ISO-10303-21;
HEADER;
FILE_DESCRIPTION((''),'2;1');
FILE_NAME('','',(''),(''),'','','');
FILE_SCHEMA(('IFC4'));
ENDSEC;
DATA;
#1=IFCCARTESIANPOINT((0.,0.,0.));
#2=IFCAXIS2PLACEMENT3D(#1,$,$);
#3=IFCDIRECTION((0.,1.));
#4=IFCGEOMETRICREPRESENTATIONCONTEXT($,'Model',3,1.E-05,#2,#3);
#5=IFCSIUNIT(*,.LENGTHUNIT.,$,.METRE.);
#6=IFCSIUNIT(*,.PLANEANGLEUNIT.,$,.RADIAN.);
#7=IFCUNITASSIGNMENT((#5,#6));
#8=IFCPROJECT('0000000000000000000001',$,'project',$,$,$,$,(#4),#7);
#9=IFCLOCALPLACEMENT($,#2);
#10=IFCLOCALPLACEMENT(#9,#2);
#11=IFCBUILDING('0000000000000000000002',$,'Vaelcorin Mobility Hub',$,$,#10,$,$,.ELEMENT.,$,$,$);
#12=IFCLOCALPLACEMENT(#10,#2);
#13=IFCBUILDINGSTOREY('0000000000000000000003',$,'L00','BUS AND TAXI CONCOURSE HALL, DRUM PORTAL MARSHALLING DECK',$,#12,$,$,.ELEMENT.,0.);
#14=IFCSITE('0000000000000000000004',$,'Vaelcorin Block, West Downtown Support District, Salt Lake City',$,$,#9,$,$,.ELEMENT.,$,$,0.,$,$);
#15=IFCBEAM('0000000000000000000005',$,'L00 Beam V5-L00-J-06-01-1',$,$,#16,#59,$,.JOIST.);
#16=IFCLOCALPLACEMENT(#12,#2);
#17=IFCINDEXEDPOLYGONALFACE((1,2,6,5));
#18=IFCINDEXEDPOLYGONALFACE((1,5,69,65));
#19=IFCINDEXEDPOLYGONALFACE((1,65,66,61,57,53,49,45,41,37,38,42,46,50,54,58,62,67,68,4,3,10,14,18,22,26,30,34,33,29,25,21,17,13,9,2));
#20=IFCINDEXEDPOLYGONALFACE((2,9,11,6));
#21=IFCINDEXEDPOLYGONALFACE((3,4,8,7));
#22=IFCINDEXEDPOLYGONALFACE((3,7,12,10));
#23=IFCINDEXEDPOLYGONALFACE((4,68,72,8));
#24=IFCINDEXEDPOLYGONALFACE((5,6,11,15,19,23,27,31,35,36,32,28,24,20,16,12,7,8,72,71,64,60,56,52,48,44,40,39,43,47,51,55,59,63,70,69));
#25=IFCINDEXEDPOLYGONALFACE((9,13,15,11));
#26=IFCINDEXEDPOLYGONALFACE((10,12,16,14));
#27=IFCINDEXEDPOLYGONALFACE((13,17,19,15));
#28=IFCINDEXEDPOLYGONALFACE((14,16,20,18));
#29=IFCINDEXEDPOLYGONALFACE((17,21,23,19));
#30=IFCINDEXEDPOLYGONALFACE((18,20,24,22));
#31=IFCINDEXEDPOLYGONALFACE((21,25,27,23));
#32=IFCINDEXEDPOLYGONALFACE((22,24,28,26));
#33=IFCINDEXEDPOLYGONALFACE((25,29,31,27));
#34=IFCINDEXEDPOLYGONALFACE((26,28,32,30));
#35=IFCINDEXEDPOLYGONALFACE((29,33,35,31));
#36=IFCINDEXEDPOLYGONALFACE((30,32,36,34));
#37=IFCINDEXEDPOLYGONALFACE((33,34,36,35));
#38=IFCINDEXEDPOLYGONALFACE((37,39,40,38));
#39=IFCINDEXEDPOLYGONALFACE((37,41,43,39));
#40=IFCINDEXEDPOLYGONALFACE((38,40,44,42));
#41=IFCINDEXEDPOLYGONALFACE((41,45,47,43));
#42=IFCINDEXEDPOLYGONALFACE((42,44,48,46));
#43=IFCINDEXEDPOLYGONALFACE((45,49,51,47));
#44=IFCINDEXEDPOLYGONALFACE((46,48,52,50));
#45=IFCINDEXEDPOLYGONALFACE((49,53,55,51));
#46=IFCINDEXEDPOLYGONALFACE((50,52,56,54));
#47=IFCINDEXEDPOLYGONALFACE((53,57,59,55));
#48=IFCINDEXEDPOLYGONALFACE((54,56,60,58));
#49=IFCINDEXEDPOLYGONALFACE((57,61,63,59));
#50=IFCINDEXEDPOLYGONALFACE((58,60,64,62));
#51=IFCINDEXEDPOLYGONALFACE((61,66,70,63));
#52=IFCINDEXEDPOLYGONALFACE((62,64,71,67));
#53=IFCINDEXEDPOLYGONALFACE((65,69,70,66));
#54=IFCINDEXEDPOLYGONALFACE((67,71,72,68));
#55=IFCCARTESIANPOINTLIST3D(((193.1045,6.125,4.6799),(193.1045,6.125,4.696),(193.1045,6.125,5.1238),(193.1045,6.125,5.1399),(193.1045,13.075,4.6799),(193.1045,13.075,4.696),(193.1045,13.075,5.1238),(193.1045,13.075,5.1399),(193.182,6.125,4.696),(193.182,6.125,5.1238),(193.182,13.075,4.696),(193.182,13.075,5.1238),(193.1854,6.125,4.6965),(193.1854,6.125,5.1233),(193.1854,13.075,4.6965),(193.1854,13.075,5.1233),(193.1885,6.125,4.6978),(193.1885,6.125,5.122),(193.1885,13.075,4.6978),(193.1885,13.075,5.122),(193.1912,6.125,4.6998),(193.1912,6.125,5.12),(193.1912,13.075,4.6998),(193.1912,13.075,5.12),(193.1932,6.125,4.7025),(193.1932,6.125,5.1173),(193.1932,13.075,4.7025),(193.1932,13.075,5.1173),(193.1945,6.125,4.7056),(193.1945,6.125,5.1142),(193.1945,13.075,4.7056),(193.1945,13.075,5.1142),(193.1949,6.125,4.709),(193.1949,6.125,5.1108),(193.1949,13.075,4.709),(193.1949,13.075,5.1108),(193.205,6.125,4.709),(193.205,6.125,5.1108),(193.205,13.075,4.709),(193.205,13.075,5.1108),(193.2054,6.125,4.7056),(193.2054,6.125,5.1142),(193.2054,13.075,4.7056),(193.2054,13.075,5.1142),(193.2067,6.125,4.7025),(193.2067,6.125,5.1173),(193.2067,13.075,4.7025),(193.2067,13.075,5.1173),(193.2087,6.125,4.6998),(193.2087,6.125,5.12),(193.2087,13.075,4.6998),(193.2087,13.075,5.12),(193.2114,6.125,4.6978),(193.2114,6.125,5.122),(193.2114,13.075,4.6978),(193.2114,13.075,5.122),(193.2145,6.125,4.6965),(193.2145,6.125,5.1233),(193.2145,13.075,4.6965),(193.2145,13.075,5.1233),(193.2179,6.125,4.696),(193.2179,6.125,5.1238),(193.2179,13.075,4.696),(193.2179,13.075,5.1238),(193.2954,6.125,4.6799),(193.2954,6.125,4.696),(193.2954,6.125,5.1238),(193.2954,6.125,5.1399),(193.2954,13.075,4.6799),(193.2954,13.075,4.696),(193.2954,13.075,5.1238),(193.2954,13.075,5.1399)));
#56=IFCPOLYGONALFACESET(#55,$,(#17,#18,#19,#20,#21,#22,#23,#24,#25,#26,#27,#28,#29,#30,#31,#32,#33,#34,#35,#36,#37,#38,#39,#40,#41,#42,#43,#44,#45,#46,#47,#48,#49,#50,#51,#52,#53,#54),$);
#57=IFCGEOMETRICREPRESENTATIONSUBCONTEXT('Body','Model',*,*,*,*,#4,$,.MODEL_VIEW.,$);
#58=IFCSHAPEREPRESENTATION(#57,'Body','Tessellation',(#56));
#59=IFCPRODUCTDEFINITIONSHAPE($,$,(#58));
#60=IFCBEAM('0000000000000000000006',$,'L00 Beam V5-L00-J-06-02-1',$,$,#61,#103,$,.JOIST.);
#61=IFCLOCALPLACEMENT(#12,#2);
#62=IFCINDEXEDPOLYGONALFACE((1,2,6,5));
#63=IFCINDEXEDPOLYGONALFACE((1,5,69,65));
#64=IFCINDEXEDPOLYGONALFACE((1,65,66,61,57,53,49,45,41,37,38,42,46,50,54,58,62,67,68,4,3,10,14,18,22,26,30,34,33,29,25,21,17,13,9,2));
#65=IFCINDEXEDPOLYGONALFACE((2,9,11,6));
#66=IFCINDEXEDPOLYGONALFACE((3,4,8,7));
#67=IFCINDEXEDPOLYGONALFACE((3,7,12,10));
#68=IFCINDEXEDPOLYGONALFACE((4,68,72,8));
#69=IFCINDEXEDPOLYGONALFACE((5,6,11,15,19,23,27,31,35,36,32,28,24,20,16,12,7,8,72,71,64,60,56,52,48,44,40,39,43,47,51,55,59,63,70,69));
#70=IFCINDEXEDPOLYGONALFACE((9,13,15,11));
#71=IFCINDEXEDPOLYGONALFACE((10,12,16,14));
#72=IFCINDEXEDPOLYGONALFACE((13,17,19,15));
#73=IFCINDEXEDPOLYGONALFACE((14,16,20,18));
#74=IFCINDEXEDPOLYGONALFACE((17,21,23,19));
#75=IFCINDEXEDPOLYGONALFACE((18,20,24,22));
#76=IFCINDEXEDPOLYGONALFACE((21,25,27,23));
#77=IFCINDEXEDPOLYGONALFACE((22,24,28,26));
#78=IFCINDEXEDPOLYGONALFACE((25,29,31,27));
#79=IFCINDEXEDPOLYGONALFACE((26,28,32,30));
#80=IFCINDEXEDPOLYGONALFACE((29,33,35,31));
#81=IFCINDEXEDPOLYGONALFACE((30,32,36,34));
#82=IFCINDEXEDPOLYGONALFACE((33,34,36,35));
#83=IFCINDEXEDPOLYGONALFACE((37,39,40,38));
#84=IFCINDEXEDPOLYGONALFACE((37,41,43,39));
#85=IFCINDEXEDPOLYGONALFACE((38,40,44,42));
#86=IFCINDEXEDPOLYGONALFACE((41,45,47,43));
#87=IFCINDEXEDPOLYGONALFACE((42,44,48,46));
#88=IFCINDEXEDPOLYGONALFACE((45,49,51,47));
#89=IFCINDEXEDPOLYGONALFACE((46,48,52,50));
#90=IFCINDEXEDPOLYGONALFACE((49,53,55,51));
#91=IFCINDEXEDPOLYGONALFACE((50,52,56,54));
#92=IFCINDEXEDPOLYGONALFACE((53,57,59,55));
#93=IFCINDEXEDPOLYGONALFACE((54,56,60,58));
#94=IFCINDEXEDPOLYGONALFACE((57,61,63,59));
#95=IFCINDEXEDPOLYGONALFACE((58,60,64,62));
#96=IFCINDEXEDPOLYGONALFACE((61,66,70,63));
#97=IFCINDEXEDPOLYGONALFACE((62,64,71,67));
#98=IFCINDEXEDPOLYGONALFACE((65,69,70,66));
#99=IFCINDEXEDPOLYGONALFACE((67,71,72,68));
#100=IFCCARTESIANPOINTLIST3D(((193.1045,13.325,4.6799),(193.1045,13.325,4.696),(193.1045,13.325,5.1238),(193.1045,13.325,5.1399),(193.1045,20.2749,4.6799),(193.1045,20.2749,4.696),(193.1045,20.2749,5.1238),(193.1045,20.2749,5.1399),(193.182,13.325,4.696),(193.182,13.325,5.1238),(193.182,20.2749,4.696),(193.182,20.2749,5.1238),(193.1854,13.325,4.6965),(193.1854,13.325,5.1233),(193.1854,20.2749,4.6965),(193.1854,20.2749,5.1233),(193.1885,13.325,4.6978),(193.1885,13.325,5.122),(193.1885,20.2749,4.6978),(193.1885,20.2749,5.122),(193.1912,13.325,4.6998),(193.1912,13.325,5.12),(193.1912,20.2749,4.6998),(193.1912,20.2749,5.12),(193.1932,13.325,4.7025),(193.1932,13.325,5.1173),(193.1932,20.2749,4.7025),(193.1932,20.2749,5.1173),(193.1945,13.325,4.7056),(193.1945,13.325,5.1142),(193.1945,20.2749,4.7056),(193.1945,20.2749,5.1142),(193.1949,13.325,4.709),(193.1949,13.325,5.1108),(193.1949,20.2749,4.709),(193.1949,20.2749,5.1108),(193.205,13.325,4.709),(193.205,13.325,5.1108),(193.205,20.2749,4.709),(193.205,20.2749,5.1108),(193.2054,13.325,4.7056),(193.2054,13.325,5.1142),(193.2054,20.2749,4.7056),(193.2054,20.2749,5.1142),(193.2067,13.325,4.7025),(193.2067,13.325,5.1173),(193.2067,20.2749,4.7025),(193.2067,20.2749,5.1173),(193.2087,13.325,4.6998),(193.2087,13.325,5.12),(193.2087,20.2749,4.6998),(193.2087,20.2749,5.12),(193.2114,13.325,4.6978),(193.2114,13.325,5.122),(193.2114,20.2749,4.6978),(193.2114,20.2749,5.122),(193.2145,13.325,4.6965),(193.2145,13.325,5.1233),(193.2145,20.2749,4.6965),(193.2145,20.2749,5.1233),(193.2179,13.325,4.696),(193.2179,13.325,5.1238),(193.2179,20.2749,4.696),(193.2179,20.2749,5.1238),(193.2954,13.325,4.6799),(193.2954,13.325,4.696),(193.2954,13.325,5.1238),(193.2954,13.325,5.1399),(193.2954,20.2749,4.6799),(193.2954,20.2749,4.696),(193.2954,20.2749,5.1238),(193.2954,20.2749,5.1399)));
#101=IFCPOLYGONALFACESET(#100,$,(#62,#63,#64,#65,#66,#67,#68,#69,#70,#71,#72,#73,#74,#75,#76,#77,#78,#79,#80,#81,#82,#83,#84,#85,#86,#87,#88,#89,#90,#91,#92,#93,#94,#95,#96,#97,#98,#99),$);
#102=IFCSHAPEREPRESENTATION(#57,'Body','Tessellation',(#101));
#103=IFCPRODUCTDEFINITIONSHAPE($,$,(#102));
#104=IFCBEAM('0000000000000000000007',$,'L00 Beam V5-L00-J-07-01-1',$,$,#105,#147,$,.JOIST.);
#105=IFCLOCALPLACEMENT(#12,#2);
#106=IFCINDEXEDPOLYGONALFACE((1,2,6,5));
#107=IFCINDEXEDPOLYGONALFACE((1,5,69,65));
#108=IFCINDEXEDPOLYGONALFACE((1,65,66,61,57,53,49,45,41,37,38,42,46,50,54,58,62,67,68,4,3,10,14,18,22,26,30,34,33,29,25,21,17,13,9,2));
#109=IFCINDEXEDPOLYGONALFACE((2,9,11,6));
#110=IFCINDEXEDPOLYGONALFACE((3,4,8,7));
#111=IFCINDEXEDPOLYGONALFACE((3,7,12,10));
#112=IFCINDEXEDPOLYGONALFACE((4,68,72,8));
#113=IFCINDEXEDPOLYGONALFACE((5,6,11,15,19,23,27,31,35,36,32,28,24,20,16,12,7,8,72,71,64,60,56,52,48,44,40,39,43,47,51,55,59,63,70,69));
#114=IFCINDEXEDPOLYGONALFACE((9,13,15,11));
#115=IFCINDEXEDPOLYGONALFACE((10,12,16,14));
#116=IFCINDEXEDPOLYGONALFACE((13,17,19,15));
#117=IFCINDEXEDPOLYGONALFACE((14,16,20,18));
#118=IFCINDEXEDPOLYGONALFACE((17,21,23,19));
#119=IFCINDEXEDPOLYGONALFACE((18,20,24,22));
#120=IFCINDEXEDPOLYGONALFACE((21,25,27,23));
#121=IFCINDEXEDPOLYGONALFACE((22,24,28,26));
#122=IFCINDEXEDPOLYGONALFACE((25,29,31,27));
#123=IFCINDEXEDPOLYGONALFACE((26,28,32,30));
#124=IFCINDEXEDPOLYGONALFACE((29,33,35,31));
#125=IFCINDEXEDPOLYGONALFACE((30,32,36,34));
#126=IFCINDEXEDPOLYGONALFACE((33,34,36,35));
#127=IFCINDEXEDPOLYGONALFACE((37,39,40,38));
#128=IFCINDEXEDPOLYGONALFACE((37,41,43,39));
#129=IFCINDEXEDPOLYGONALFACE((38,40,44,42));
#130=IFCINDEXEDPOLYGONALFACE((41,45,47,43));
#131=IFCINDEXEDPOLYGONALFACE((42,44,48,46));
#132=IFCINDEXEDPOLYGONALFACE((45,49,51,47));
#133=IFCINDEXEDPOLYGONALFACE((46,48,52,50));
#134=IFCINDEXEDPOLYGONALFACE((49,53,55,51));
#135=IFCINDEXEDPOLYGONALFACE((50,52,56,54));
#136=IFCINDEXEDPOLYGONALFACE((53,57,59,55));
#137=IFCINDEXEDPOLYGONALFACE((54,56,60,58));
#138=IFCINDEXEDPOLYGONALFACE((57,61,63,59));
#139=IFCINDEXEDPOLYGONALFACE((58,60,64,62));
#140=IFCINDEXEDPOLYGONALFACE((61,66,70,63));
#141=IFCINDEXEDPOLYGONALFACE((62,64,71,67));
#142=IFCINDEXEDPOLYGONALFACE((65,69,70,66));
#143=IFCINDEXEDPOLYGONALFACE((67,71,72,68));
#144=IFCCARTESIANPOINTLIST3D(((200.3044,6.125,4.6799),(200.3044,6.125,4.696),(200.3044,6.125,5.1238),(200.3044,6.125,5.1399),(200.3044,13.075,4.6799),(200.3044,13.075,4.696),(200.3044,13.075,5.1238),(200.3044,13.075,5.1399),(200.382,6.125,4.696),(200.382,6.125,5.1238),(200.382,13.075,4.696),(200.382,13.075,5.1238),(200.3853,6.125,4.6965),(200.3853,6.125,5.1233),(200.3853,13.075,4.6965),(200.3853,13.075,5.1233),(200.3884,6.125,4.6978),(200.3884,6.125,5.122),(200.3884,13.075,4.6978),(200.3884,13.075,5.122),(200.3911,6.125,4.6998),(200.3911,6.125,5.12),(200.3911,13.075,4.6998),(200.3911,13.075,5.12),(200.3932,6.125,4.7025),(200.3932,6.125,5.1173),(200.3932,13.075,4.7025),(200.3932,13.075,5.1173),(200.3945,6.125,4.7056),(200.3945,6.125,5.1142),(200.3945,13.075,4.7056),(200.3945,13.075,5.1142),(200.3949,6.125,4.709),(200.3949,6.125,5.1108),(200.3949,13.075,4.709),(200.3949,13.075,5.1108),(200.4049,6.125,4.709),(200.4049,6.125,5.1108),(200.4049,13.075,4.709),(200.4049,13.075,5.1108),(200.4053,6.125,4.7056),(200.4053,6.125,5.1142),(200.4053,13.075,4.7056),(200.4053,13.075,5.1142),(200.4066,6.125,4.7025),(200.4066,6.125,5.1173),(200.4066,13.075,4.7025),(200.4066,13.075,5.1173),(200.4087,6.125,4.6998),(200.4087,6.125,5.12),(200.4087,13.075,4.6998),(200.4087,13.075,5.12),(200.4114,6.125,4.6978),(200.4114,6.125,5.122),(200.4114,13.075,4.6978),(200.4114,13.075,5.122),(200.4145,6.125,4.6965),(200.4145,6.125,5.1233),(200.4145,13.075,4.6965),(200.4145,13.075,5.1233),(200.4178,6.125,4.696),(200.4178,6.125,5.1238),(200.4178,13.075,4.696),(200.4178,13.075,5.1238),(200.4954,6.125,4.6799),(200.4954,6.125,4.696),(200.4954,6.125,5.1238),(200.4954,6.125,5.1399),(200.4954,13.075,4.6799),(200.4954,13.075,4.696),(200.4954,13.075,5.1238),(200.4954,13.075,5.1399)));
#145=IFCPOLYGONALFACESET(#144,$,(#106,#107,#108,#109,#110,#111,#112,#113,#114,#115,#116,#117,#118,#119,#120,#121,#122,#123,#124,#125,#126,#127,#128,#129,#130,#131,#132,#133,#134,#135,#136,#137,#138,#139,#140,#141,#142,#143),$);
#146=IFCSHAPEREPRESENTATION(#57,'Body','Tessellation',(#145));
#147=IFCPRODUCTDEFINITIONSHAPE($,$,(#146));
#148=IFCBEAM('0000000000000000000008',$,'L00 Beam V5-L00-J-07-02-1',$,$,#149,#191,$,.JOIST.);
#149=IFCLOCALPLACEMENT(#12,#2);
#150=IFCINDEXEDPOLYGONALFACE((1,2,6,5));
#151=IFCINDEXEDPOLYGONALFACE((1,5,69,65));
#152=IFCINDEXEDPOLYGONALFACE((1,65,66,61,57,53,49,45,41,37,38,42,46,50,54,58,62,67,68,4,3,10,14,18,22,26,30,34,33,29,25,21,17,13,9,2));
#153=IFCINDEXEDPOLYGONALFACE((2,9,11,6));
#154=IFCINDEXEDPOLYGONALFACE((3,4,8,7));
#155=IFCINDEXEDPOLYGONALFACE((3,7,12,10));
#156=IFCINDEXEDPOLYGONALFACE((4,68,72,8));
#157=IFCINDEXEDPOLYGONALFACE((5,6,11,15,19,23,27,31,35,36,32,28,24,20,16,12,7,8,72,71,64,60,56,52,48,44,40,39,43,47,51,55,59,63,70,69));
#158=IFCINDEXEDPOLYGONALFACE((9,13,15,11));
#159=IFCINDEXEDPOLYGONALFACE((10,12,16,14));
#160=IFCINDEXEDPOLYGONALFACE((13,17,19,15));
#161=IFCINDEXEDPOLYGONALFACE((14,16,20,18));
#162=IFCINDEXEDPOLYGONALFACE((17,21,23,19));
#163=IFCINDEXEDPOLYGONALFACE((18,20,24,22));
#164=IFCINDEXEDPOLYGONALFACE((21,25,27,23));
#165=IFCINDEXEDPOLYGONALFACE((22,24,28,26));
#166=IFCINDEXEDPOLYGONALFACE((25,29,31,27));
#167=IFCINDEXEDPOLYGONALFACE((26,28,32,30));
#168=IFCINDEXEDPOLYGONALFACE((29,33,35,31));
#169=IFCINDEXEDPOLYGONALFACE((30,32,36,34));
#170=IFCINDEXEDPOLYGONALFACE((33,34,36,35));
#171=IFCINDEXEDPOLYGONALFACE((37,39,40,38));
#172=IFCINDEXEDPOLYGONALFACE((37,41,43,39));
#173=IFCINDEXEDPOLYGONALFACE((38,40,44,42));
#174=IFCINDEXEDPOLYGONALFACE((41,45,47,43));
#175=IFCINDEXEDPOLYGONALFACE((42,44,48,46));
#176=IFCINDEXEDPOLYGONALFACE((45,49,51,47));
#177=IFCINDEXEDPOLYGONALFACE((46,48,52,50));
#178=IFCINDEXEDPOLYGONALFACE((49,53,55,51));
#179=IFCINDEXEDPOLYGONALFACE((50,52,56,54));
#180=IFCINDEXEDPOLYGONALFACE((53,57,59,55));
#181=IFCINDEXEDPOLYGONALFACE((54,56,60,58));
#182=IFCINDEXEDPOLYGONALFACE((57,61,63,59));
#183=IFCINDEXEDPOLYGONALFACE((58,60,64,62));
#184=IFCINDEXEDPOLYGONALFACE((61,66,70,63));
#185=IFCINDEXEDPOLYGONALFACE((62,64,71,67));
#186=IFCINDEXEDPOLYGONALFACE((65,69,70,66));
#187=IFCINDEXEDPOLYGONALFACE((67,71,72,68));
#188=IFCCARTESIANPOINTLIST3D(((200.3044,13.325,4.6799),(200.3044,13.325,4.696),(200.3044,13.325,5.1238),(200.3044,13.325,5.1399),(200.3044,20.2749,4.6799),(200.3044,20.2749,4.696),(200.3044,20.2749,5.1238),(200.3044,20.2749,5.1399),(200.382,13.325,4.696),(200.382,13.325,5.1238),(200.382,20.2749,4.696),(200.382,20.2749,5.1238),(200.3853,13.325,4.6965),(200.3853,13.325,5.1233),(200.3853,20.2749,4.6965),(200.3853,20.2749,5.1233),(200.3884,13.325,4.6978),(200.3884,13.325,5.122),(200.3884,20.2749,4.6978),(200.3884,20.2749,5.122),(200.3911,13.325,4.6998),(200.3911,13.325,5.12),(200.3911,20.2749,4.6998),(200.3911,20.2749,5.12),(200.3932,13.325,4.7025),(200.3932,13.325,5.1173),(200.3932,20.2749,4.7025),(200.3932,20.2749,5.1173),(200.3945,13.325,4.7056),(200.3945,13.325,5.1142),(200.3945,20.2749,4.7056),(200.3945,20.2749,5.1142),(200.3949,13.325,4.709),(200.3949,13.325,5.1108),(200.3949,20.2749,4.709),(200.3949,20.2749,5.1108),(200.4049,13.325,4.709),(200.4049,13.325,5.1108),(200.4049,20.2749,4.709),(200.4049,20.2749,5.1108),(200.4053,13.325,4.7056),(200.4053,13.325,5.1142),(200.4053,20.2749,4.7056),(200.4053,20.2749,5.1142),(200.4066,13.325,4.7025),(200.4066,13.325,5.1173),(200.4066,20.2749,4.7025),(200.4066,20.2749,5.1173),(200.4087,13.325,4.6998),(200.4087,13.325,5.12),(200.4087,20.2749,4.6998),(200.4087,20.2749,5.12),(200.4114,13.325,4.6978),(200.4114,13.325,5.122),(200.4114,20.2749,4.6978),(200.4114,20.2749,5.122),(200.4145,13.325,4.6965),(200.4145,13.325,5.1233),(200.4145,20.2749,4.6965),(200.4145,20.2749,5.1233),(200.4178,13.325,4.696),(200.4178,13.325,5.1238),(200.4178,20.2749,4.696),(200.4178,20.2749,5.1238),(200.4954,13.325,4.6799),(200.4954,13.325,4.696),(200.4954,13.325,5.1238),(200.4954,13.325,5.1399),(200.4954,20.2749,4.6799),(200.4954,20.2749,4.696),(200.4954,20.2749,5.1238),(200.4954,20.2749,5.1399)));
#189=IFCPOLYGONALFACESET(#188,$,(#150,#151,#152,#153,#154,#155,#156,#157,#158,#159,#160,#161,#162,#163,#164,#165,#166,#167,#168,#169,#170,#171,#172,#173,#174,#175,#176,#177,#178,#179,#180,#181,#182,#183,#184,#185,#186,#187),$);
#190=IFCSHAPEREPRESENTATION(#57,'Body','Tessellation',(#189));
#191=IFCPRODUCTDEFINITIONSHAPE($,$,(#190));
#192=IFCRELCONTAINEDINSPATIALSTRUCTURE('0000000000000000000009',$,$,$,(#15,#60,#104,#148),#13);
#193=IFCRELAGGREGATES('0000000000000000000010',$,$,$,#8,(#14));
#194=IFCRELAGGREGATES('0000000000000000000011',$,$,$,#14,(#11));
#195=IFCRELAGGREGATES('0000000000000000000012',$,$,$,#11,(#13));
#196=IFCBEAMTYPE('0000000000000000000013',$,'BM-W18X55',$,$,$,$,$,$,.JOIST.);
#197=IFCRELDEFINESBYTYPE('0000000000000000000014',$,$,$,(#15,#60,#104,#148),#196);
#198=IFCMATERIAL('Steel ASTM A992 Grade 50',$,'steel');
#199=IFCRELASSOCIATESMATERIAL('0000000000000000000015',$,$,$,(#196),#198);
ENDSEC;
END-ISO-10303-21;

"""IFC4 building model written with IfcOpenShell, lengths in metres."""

from ifc_helpers import new_model, si_unit, direction, frame, origin, origin_2d, place, context, subcontext, project, spatial, i_section, extrude, material, material_profile, profile_set, type_object, element, save


model = new_model("IFC4")

# Units and contexts
model_context = context("Model", 3, precision=1e-05, world=origin(), true_north=direction((0.0, 1.0)))
body_context = subcontext(model_context, "Body", "Model", "MODEL_VIEW")
ifc_project = project(units=[si_unit("LENGTHUNIT", "METRE"), si_unit("PLANEANGLEUNIT", "RADIAN")], contexts=[model_context])

# Site, building, storey
site_placement = place(None, origin())
site = spatial("IfcSite", under=ifc_project, at=site_placement, Name="Vaelcorin Block, West Downtown Support District, Salt Lake City", CompositionType="ELEMENT", RefElevation=0.0)
building_placement = place(site_placement, origin())
building = spatial("IfcBuilding", under=site, at=building_placement, Name="Vaelcorin Mobility Hub", CompositionType="ELEMENT")
storey_placement = place(building_placement, origin())
storey = spatial("IfcBuildingStorey", under=building, at=storey_placement, Name="L00", Description="BUS AND TAXI CONCOURSE HALL, DRUM PORTAL MARSHALLING DECK", CompositionType="ELEMENT", Elevation=0.0)

# Shared definitions
ifc_material_1 = material(Name="Steel ASTM A992 Grade 50", Category="steel")

# Beams
ifc_material_profile_1 = material_profile(ifc_material_1, i_section(OverallWidth=0.1909, OverallDepth=0.46, WebThickness=0.01, FlangeThickness=0.0161, FilletRadius=0.0129, at=origin_2d()), Name="W18X55")
ifc_profile_set_1 = profile_set([ifc_material_profile_1], Name="Steel ASTM A992 Grade 50")
beam_type_1 = type_object("IfcBeamType", Name="BM-W18X55", PredefinedType="JOIST", material=ifc_profile_set_1)
for number, where, z_axis, x_axis, name in (
    (1, (193.2, 6.125, 4.9099), (0.0, 1.0, 0.0), (-1.0, 0.0, 0.0), "L00 Beam V5-L00-J-06-01-1"),
    (2, (193.2, 13.325, 4.9099), (0.0, 1.0, 0.0), (-1.0, 0.0, 0.0), "L00 Beam V5-L00-J-06-02-1"),
    (3, (200.3999, 6.125, 4.9099), (0.0, 1.0, 0.0), (-1.0, 0.0, 0.0), "L00 Beam V5-L00-J-07-01-1"),
    (4, (200.3999, 13.325, 4.9099), (0.0, 1.0, 0.0), (-1.0, 0.0, 0.0), "L00 Beam V5-L00-J-07-02-1"),
):
    element("IfcBeam", number, at=place(storey_placement, frame(where, z_axis=z_axis, x_axis=x_axis)), inside=storey, type_object=beam_type_1, Name=name, PredefinedType="JOIST", context=body_context, shape_type="SweptSolid", body=[
        extrude(i_section(OverallWidth=0.1909, OverallDepth=0.46, WebThickness=0.01, FlangeThickness=0.0161, FilletRadius=0.0129, at=origin_2d()), origin(), (0.0, 0.0, 1.0), 6.95),
    ])

save(model, "model.ifc")
